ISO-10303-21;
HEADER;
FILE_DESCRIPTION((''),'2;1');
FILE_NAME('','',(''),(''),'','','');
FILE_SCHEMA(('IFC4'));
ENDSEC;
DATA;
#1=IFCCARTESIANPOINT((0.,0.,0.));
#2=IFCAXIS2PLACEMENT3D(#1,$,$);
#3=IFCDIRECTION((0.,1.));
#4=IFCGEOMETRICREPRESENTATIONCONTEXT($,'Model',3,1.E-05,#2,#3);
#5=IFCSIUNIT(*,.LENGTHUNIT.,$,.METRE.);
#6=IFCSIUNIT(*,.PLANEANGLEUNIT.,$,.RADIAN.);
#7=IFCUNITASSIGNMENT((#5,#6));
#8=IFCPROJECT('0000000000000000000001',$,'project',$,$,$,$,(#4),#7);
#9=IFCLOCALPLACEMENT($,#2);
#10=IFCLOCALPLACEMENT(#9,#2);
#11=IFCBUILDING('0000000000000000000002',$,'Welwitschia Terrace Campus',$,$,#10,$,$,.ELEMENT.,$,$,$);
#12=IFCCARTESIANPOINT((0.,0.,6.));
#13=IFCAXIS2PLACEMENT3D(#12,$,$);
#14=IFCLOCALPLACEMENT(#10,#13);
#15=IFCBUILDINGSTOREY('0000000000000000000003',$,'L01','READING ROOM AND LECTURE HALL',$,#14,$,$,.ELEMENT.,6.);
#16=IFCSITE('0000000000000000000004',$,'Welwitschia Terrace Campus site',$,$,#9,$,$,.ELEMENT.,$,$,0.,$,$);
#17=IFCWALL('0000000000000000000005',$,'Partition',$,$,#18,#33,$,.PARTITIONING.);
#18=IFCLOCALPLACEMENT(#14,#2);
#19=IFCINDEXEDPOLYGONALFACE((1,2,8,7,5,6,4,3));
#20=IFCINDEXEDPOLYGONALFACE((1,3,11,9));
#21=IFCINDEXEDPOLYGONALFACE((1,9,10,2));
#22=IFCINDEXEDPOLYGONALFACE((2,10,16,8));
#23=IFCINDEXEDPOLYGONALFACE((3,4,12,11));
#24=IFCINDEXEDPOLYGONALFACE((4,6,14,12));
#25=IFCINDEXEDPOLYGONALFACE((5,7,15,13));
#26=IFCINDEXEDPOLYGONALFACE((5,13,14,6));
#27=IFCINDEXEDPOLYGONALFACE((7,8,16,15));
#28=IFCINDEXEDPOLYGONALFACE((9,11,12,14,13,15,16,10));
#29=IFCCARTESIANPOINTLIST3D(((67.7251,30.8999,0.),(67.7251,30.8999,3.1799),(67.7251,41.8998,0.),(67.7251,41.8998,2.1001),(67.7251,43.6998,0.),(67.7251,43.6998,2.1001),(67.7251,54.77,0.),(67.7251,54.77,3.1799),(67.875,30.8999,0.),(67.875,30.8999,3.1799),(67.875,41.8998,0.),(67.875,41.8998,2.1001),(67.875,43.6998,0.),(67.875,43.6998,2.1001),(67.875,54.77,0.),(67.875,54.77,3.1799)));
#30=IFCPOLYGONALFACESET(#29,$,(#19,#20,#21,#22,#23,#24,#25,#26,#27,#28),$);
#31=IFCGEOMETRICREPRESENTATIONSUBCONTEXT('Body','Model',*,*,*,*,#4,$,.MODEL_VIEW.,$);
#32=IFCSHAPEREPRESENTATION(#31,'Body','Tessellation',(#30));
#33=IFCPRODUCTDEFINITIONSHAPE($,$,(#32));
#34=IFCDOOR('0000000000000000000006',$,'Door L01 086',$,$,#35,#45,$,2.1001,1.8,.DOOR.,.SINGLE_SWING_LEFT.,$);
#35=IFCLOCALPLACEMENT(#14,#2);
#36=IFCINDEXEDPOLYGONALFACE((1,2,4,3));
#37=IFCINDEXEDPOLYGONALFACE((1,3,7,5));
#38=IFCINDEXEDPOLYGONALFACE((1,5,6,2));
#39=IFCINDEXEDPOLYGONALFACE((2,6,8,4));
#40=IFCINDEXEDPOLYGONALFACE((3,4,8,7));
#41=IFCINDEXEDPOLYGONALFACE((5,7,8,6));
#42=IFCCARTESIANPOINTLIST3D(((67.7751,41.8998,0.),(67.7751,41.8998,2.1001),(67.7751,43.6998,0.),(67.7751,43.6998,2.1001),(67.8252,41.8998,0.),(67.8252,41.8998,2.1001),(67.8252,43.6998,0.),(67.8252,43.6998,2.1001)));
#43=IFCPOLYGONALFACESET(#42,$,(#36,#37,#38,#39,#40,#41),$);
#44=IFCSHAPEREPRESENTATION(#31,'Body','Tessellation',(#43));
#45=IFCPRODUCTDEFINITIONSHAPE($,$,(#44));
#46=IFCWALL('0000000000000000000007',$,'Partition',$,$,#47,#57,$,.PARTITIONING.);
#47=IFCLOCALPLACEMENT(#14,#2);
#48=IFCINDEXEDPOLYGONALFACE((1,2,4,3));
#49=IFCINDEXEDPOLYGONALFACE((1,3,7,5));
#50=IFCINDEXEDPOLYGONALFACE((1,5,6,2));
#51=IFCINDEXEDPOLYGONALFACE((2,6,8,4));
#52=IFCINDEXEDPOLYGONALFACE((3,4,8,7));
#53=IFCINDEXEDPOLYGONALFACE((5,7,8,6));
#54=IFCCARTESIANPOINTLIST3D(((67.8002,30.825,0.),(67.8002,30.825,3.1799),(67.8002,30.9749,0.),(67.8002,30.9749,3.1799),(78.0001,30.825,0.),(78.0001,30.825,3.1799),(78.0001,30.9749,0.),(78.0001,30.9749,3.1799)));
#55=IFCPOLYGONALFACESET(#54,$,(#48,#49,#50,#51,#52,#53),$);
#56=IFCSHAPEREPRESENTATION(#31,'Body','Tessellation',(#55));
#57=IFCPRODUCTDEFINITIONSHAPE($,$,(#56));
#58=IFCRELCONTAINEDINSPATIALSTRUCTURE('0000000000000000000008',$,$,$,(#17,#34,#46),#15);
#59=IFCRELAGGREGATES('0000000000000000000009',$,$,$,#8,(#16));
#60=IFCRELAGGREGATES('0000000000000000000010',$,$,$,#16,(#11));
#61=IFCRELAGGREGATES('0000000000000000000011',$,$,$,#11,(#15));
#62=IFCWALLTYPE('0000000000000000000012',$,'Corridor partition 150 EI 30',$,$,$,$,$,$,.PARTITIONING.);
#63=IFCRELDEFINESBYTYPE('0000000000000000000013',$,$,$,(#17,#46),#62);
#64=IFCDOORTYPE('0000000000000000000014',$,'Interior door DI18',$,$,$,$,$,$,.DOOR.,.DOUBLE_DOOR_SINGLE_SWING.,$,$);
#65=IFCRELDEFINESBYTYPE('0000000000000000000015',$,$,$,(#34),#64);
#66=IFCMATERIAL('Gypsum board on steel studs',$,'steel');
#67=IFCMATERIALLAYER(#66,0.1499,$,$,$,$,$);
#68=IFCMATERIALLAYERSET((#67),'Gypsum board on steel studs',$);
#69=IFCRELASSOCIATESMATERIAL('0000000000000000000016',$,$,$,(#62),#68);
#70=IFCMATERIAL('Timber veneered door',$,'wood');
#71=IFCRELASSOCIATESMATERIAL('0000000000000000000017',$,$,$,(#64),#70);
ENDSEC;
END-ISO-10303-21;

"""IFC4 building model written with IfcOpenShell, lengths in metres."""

from ifc_helpers import new_model, si_unit, direction, frame, frame_2d, origin, place, context, subcontext, project, spatial, rectangle, extrude, material, layer, layer_set, type_object, element, fill, save


model = new_model("IFC4")

# Units and contexts
model_context = context("Model", 3, precision=1e-05, world=origin(), true_north=direction((0.0, 1.0)))
body_context = subcontext(model_context, "Body", "Model", "MODEL_VIEW")
ifc_project = project(units=[si_unit("LENGTHUNIT", "METRE"), si_unit("PLANEANGLEUNIT", "RADIAN")], contexts=[model_context])

# Site, building, storey
site_placement = place(None, origin())
site = spatial("IfcSite", under=ifc_project, at=site_placement, Name="Welwitschia Terrace Campus site", CompositionType="ELEMENT", RefElevation=0.0)
building_placement = place(site_placement, origin())
building = spatial("IfcBuilding", under=site, at=building_placement, Name="Welwitschia Terrace Campus", CompositionType="ELEMENT")
storey_placement = place(building_placement, frame((0.0, 0.0, 6.0)))
storey = spatial("IfcBuildingStorey", under=building, at=storey_placement, Name="L01", Description="READING ROOM AND LECTURE HALL", CompositionType="ELEMENT", Elevation=6.0)

# Shared definitions
ifc_material_1 = material(Name="Gypsum board on steel studs", Category="steel")
ifc_layer = layer(ifc_material_1, 0.1499)
ifc_layer_set = layer_set([ifc_layer], Name="Gypsum board on steel studs")
wall_type = type_object("IfcWallType", Name="Corridor partition 150 EI 30", PredefinedType="PARTITIONING", material=ifc_layer_set)

# Wall, opening, door
wall_1_placement = place(storey_placement, frame((67.8, 30.8999, 0.0), z_axis=(0.0, 0.0, 1.0), x_axis=(0.0, 1.0, 0.0)))
wall_1 = element("IfcWall", 1, at=wall_1_placement, inside=storey, type_object=wall_type, Name="Partition", PredefinedType="PARTITIONING", context=body_context, shape_type="SweptSolid", body=[
    extrude(rectangle(XDim=23.8701, YDim=0.1499, at=frame_2d((11.9351, 0.0))), origin(), (0.0, 0.0, 1.0), 3.1799),
])
opening_1_placement = place(wall_1_placement, frame((11.0, 0.0, 0.0)))
opening_1 = element("IfcOpeningElement", 2, at=opening_1_placement, cuts=wall_1, PredefinedType="OPENING", context=body_context, shape_type="SweptSolid", body=[
    extrude(rectangle(XDim=1.8, YDim=2.1001, at=frame_2d((0.8999, 1.05))), frame((0.0, 0.085, 0.0), z_axis=(0.0, -1.0, 0.0), x_axis=(1.0, 0.0, 0.0)), (0.0, 0.0, 1.0), 0.1699),
])
ifc_material_2 = material(Name="Timber veneered door", Category="wood")
door_type_1 = type_object("IfcDoorType", Name="Interior door DI18", OperationType="DOUBLE_DOOR_SINGLE_SWING", PredefinedType="DOOR", material=ifc_material_2)
door_1_placement = place(opening_1_placement, origin())
door_1 = element("IfcDoor", 3, at=door_1_placement, inside=storey, type_object=door_type_1, Name="Door L01 086", OperationType="SINGLE_SWING_LEFT", OverallHeight=2.1001, OverallWidth=1.8, PredefinedType="DOOR", context=body_context, shape_type="SweptSolid", body=[
    extrude(rectangle(XDim=1.8, YDim=2.1001, at=frame_2d((0.8999, 1.05))), frame((0.0, 0.0249, 0.0), z_axis=(0.0, -1.0, 0.0), x_axis=(1.0, 0.0, 0.0)), (0.0, 0.0, 1.0), 0.05),
])
fill(opening_1, door_1)

# Wall
wall_2_placement = place(storey_placement, frame((67.8, 30.8999, 0.0), z_axis=(0.0, 0.0, 1.0), x_axis=(1.0, 0.0, 0.0)))
element("IfcWall", 4, at=wall_2_placement, inside=storey, type_object=wall_type, Name="Partition", PredefinedType="PARTITIONING", context=body_context, shape_type="SweptSolid", body=[
    extrude(rectangle(XDim=10.2, YDim=0.1499, at=frame_2d((5.1001, 0.0))), origin(), (0.0, 0.0, 1.0), 3.1799),
])

save(model, "model.ifc")
